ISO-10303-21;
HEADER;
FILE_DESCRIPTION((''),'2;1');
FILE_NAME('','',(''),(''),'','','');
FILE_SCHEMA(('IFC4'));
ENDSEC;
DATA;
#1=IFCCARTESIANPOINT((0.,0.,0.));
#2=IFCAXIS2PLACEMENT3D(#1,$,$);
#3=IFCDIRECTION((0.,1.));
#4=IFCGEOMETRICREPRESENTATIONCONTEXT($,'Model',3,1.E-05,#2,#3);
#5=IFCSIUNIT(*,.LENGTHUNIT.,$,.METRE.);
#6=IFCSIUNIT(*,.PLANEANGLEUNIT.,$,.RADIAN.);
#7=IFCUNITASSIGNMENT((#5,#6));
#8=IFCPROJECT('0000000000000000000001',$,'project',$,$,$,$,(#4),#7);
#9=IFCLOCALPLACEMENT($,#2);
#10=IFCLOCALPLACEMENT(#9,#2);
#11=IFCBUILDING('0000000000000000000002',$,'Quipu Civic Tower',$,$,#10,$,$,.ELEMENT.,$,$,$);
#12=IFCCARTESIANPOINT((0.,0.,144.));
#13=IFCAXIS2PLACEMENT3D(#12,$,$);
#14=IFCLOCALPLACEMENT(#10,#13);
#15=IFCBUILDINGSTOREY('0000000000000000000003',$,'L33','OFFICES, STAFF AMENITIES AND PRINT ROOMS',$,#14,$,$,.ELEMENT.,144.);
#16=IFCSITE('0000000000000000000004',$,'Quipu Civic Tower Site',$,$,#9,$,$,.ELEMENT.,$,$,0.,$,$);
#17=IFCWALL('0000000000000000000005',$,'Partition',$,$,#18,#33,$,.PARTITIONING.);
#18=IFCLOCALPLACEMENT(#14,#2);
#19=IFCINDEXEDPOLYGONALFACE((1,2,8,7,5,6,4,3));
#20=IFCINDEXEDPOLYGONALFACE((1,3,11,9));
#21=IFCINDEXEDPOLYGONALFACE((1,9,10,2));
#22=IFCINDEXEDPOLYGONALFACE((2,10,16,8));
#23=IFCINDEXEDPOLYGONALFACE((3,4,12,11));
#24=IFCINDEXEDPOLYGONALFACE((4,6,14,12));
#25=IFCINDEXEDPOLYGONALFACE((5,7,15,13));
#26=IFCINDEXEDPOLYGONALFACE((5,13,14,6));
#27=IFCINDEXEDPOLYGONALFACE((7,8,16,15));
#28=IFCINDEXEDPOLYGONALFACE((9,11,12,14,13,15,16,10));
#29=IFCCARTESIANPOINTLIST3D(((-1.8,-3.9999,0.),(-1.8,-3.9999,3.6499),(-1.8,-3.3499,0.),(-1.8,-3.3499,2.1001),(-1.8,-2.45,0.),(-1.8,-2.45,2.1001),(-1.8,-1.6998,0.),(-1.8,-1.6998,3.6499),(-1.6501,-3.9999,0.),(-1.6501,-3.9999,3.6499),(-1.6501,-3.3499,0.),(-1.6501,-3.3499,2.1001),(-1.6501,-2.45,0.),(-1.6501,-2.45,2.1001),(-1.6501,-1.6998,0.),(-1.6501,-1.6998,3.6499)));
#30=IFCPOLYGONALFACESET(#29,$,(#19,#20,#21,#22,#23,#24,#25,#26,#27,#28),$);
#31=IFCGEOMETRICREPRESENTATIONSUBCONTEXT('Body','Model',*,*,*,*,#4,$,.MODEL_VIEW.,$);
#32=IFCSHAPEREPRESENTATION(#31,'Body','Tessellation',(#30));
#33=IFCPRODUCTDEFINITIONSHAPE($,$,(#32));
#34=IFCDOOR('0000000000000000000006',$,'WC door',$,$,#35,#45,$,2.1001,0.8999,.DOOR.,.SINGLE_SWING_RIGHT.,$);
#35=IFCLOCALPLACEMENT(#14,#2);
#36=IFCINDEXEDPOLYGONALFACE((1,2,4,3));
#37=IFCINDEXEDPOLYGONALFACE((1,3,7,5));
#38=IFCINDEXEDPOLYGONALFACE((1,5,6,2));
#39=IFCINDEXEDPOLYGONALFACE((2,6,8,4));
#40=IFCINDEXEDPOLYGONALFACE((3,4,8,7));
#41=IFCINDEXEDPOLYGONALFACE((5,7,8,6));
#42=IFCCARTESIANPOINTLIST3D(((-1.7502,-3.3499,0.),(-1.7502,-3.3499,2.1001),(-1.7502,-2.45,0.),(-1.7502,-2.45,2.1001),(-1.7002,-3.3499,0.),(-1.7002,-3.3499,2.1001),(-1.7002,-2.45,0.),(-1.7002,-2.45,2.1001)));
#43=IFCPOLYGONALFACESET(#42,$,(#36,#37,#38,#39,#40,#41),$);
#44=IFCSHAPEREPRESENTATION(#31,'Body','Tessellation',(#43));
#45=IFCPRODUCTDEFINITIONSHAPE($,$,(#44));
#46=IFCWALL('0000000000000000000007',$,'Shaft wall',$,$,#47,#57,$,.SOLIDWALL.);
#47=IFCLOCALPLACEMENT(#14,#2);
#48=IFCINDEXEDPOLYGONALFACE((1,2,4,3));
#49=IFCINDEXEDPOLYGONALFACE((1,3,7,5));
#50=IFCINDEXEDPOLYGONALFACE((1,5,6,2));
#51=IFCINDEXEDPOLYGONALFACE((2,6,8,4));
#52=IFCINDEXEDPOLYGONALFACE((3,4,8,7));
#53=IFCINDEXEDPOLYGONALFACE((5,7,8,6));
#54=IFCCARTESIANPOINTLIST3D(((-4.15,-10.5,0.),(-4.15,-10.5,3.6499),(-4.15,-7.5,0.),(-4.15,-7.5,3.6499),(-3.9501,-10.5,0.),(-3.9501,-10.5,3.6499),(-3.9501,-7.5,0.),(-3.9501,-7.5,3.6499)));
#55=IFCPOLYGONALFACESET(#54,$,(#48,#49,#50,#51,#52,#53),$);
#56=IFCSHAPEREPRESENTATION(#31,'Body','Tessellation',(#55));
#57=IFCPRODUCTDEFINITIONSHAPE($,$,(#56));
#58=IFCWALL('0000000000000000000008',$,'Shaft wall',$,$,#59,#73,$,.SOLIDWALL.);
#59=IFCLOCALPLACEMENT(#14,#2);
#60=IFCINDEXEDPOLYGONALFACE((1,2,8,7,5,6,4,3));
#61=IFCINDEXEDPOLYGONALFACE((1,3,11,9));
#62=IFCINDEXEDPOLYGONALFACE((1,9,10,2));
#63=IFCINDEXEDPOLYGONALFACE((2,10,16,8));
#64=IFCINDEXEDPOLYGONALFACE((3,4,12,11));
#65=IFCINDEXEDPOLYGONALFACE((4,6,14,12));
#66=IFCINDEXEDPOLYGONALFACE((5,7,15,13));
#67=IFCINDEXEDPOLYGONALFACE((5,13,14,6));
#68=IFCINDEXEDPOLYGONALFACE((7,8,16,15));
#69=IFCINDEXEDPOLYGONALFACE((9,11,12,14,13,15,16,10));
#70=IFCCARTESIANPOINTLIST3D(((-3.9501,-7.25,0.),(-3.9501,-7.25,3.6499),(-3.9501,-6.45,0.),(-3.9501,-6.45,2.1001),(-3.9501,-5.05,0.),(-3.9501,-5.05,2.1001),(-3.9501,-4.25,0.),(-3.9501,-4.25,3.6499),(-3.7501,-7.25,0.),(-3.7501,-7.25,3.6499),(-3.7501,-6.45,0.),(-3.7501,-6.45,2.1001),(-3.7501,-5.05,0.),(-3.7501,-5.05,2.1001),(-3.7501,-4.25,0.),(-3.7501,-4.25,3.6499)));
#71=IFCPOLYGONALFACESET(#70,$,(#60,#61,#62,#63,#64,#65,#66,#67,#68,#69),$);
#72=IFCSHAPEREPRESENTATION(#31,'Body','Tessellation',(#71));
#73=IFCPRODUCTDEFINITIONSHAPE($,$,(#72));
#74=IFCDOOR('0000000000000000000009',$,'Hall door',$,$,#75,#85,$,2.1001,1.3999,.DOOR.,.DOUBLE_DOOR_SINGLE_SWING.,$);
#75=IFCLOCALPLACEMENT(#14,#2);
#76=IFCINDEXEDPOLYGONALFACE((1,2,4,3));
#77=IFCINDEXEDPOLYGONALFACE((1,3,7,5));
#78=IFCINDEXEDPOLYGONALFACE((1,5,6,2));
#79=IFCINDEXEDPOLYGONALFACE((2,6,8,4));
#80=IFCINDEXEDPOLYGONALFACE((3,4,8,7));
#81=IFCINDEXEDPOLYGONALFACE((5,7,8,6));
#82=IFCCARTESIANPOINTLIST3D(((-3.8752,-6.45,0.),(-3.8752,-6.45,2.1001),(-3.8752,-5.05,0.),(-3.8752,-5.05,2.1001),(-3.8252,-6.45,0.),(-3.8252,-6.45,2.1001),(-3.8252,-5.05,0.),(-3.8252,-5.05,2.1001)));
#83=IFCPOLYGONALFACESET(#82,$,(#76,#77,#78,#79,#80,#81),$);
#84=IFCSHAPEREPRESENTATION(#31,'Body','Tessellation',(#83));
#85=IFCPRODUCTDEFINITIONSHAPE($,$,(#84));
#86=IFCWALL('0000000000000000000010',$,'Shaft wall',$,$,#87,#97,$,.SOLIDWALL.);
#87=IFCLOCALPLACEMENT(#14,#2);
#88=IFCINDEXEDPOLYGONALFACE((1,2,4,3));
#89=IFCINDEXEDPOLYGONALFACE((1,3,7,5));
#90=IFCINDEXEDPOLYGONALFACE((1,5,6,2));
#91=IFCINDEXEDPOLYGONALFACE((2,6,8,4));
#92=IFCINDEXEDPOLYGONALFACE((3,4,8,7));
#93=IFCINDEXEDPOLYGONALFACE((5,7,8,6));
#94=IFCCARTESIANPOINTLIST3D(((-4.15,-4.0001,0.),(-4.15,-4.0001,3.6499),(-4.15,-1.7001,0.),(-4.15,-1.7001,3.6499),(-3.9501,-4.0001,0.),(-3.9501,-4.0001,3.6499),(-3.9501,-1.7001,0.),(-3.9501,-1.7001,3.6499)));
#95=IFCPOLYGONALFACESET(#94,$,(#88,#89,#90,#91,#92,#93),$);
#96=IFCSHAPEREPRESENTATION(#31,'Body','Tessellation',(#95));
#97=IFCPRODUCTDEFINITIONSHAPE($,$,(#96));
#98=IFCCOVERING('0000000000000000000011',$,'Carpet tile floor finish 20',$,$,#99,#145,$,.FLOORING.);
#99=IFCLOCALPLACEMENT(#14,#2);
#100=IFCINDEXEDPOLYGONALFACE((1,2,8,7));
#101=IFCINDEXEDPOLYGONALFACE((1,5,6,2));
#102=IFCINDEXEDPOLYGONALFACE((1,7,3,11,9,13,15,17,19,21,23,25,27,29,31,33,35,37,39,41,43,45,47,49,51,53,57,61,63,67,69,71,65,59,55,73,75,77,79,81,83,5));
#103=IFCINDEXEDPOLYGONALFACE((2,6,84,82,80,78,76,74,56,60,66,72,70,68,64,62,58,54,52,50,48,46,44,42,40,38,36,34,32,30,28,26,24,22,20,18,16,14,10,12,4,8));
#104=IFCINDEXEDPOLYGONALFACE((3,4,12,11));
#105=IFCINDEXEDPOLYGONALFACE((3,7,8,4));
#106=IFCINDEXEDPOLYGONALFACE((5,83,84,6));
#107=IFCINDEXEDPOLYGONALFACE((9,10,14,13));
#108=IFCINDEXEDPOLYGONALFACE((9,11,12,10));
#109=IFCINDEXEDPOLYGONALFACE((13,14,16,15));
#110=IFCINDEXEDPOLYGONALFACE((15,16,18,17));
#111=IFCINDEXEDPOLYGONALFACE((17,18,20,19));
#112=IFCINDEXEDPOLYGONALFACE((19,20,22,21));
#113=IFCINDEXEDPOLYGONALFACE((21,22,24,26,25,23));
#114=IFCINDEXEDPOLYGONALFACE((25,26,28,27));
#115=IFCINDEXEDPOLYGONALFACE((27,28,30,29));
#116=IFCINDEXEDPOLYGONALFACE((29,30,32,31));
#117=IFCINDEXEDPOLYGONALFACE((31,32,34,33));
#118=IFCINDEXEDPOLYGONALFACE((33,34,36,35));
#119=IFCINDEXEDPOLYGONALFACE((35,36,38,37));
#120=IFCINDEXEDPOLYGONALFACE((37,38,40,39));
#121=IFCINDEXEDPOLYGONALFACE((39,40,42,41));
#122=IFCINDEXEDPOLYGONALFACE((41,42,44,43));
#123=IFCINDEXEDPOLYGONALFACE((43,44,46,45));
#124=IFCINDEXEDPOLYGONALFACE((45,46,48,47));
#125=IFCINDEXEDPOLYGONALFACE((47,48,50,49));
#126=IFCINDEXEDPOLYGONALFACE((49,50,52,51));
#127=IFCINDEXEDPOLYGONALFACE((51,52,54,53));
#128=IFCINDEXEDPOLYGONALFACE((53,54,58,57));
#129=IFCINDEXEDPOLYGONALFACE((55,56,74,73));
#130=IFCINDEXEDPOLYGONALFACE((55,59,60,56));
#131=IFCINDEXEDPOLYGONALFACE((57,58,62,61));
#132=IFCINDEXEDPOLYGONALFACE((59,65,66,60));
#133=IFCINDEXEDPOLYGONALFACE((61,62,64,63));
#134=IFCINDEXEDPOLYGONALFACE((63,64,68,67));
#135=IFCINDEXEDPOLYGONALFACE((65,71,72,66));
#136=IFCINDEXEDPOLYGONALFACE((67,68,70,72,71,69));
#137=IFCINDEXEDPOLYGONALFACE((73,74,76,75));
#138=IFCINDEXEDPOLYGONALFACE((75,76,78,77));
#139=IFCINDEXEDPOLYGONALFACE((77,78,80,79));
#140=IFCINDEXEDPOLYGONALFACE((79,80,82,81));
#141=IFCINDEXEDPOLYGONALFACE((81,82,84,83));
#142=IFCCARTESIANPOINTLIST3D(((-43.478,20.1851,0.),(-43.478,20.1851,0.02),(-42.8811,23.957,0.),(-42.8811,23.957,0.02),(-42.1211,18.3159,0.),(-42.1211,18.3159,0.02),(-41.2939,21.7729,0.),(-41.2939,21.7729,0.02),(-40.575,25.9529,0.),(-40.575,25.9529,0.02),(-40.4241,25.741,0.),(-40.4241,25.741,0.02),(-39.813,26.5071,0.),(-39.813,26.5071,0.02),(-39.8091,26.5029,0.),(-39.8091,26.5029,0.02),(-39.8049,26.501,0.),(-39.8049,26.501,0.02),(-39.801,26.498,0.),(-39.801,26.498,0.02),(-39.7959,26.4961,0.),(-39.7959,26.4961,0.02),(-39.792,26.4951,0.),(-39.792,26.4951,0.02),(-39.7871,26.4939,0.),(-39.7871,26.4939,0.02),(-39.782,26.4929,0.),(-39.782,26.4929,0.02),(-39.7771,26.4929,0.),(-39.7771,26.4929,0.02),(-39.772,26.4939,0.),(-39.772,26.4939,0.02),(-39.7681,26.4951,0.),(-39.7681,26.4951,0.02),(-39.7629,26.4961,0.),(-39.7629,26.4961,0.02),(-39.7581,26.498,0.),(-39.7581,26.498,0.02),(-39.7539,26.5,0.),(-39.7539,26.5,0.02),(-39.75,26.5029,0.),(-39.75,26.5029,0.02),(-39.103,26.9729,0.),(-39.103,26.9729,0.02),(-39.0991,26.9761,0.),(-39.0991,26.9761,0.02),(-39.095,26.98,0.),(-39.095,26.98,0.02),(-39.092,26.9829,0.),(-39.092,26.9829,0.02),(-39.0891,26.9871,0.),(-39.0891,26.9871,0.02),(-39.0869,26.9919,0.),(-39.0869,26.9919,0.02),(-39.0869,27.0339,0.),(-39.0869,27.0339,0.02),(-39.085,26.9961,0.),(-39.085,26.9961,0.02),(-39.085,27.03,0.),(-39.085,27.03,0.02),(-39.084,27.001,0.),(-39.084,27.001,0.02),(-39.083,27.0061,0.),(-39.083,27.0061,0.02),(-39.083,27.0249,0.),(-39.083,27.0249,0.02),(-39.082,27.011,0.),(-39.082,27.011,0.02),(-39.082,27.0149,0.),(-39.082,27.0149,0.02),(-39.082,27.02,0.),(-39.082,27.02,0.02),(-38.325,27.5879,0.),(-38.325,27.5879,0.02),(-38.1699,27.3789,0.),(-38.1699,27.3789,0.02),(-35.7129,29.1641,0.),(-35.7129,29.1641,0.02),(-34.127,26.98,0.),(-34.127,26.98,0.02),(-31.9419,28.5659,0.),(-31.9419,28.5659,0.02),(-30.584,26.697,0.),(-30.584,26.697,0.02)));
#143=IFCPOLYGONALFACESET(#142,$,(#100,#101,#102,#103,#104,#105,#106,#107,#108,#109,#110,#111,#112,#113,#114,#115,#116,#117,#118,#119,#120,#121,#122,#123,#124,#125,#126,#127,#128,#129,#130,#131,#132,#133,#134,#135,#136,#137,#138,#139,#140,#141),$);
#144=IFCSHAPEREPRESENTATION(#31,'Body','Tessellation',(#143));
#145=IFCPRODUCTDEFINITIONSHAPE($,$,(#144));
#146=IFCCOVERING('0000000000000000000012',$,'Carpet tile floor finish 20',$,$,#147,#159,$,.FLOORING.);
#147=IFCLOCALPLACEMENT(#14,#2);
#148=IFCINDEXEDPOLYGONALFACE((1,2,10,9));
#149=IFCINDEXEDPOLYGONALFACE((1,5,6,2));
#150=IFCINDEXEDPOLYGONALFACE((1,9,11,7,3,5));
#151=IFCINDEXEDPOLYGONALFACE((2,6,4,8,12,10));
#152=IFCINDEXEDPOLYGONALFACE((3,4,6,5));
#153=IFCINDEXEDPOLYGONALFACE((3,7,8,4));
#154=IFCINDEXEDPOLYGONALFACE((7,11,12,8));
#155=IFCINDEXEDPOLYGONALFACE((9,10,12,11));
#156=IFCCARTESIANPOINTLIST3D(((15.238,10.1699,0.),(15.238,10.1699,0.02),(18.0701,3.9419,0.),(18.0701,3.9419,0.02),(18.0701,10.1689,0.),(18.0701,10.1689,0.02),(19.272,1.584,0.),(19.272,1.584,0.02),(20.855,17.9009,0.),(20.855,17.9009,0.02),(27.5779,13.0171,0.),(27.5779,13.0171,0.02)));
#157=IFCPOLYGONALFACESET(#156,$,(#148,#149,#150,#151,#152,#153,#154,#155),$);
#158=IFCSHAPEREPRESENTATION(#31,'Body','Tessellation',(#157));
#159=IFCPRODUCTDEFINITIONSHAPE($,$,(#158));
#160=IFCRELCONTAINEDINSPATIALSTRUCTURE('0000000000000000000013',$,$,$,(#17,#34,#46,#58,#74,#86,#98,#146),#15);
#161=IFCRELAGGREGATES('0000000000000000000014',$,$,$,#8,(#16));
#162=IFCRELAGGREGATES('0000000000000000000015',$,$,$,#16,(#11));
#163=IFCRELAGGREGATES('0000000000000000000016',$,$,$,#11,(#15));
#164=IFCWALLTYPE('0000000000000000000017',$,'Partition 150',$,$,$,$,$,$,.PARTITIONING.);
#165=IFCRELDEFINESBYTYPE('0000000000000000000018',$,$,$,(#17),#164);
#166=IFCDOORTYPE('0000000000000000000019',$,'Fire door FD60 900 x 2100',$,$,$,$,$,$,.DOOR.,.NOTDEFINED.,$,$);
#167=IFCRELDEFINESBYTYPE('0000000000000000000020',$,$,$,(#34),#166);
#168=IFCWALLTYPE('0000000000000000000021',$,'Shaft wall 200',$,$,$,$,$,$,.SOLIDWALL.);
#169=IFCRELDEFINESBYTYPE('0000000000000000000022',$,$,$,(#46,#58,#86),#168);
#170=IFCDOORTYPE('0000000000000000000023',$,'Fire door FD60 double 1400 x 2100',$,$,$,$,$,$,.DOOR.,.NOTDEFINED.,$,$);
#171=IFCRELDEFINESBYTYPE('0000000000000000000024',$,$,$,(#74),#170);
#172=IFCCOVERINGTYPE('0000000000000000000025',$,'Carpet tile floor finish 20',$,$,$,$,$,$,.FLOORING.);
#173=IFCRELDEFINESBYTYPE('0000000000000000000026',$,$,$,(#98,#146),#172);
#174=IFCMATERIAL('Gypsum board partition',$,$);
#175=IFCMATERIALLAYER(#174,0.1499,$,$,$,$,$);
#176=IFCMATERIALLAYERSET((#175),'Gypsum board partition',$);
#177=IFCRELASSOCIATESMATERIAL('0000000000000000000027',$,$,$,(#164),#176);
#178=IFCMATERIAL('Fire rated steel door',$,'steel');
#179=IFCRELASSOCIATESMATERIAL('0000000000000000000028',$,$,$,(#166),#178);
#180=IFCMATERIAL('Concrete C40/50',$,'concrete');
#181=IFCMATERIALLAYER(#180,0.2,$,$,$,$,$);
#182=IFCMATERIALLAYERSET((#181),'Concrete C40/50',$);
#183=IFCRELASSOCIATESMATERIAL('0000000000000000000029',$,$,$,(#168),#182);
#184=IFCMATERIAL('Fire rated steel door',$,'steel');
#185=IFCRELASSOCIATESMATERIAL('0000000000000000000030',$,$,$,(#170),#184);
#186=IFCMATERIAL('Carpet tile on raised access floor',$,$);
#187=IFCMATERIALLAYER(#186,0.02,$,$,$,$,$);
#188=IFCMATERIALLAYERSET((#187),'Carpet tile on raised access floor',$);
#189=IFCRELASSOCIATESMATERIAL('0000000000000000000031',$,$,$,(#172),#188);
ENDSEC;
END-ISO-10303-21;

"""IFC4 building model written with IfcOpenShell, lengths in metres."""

from ifc_helpers import new_model, si_unit, direction, frame, frame_2d, origin, place, context, subcontext, project, spatial, polyline, rectangle, outline, extrude, material, layer, layer_set, type_object, element, fill, save


model = new_model("IFC4")

# Units and contexts
model_context = context("Model", 3, precision=1e-05, world=origin(), true_north=direction((0.0, 1.0)))
body_context = subcontext(model_context, "Body", "Model", "MODEL_VIEW")
ifc_project = project(units=[si_unit("LENGTHUNIT", "METRE"), si_unit("PLANEANGLEUNIT", "RADIAN")], contexts=[model_context])

# Site, building, storey
site_placement = place(None, origin())
site = spatial("IfcSite", under=ifc_project, at=site_placement, Name="Quipu Civic Tower Site", CompositionType="ELEMENT", RefElevation=0.0)
building_placement = place(site_placement, origin())
building = spatial("IfcBuilding", under=site, at=building_placement, Name="Quipu Civic Tower", CompositionType="ELEMENT")
storey_placement = place(building_placement, frame((0.0, 0.0, 144.0)))
storey = spatial("IfcBuildingStorey", under=building, at=storey_placement, Name="L33", Description="OFFICES, STAFF AMENITIES AND PRINT ROOMS", CompositionType="ELEMENT", Elevation=144.0)

# Shared definitions
ifc_material_1 = material(Name="Gypsum board partition")
ifc_layer_1 = layer(ifc_material_1, 0.1499)
ifc_layer_set_1 = layer_set([ifc_layer_1], Name="Gypsum board partition")
wall_type_1 = type_object("IfcWallType", Name="Partition 150", PredefinedType="PARTITIONING", material=ifc_layer_set_1)

# Shared definitions
ifc_material_2 = material(Name="Fire rated steel door", Category="steel")
door_type_1 = type_object("IfcDoorType", Name="Fire door FD60 900 x 2100", OperationType="NOTDEFINED", PredefinedType="DOOR", material=ifc_material_2)

# Wall, opening, door
wall_1_placement = place(storey_placement, frame((-1.7251, -1.7, 0.0), z_axis=(0.0, 0.0, 1.0), x_axis=(0.0, -1.0, 0.0)))
wall_1 = element("IfcWall", 1, at=wall_1_placement, inside=storey, type_object=wall_type_1, Name="Partition", PredefinedType="PARTITIONING", context=body_context, shape_type="SweptSolid", body=[
    extrude(rectangle(XDim=2.3, YDim=0.1499, at=frame_2d((1.1499, 0.0))), origin(), (0.0, 0.0, 1.0), 3.6499),
])
opening_1_placement = place(wall_1_placement, frame((0.75, 0.0, 0.0)))
opening_1 = element("IfcOpeningElement", 2, at=opening_1_placement, cuts=wall_1, PredefinedType="OPENING", context=body_context, shape_type="SweptSolid", body=[
    extrude(rectangle(XDim=0.8999, YDim=2.1001, at=frame_2d((0.45, 1.05))), frame((0.0, 0.085, 0.0), z_axis=(0.0, -1.0, 0.0), x_axis=(1.0, 0.0, 0.0)), (0.0, 0.0, 1.0), 0.1699),
])
door_1_placement = place(opening_1_placement, origin())
door_1 = element("IfcDoor", 3, at=door_1_placement, inside=storey, type_object=door_type_1, Name="WC door", OperationType="SINGLE_SWING_RIGHT", OverallHeight=2.1001, OverallWidth=0.8999, PredefinedType="DOOR", context=body_context, shape_type="SweptSolid", body=[
    extrude(rectangle(XDim=0.8999, YDim=2.1001, at=frame_2d((0.45, 1.05))), frame((0.0, 0.0249, 0.0), z_axis=(0.0, -1.0, 0.0), x_axis=(1.0, 0.0, 0.0)), (0.0, 0.0, 1.0), 0.05),
])
fill(opening_1, door_1)

# Wall
ifc_material_3 = material(Name="Concrete C40/50", Category="concrete")
ifc_layer_2 = layer(ifc_material_3, 0.2)
ifc_layer_set_2 = layer_set([ifc_layer_2], Name="Concrete C40/50")
wall_type_2 = type_object("IfcWallType", Name="Shaft wall 200", PredefinedType="SOLIDWALL", material=ifc_layer_set_2)
wall_2_placement = place(storey_placement, frame((-4.05, -10.5, 0.0), z_axis=(0.0, 0.0, 1.0), x_axis=(0.0, 1.0, 0.0)))
element("IfcWall", 4, at=wall_2_placement, inside=storey, type_object=wall_type_2, Name="Shaft wall", PredefinedType="SOLIDWALL", context=body_context, shape_type="SweptSolid", body=[
    extrude(rectangle(XDim=3.0, YDim=0.2, at=frame_2d((1.5, 0.0))), origin(), (0.0, 0.0, 1.0), 3.6499),
])

# Wall, opening, door
wall_3_placement = place(storey_placement, frame((-3.8501, -4.25, 0.0), z_axis=(0.0, 0.0, 1.0), x_axis=(0.0, -1.0, 0.0)))
wall_3 = element("IfcWall", 5, at=wall_3_placement, inside=storey, type_object=wall_type_2, Name="Shaft wall", PredefinedType="SOLIDWALL", context=body_context, shape_type="SweptSolid", body=[
    extrude(rectangle(XDim=3.0, YDim=0.2, at=frame_2d((1.5, 0.0))), origin(), (0.0, 0.0, 1.0), 3.6499),
])
opening_2_placement = place(wall_3_placement, frame((0.8, 0.0, 0.0)))
opening_2 = element("IfcOpeningElement", 6, at=opening_2_placement, cuts=wall_3, PredefinedType="OPENING", context=body_context, shape_type="SweptSolid", body=[
    extrude(rectangle(XDim=1.3999, YDim=2.1001, at=frame_2d((0.7, 1.05))), frame((0.0, 0.1099, 0.0), z_axis=(0.0, -1.0, 0.0), x_axis=(1.0, 0.0, 0.0)), (0.0, 0.0, 1.0), 0.22),
])
ifc_material_4 = material(Name="Fire rated steel door", Category="steel")
door_type_2 = type_object("IfcDoorType", Name="Fire door FD60 double 1400 x 2100", OperationType="NOTDEFINED", PredefinedType="DOOR", material=ifc_material_4)
door_2_placement = place(opening_2_placement, origin())
door_2 = element("IfcDoor", 7, at=door_2_placement, inside=storey, type_object=door_type_2, Name="Hall door", OperationType="DOUBLE_DOOR_SINGLE_SWING", OverallHeight=2.1001, OverallWidth=1.3999, PredefinedType="DOOR", context=body_context, shape_type="SweptSolid", body=[
    extrude(rectangle(XDim=1.3999, YDim=2.1001, at=frame_2d((0.7, 1.05))), frame((0.0, 0.0249, 0.0), z_axis=(0.0, -1.0, 0.0), x_axis=(1.0, 0.0, 0.0)), (0.0, 0.0, 1.0), 0.05),
])
fill(opening_2, door_2)

# Wall
wall_4_placement = place(storey_placement, frame((-4.05, -4.0, 0.0), z_axis=(0.0, 0.0, 1.0), x_axis=(0.0, 1.0, 0.0)))
element("IfcWall", 8, at=wall_4_placement, inside=storey, type_object=wall_type_2, Name="Shaft wall", PredefinedType="SOLIDWALL", context=body_context, shape_type="SweptSolid", body=[
    extrude(rectangle(XDim=2.3, YDim=0.2, at=frame_2d((1.1499, 0.0))), origin(), (0.0, 0.0, 1.0), 3.6499),
])

# Coverings
ifc_material_5 = material(Name="Carpet tile on raised access floor")
ifc_layer_3 = layer(ifc_material_5, 0.02)
ifc_layer_set_3 = layer_set([ifc_layer_3], Name="Carpet tile on raised access floor")
covering_type_1 = type_object("IfcCoveringType", Name="Carpet tile floor finish 20", PredefinedType="FLOORING", material=ifc_layer_set_3)
covering_1_placement = place(storey_placement, origin())
element("IfcCovering", 9, at=covering_1_placement, inside=storey, type_object=covering_type_1, Name="Carpet tile floor finish 20", PredefinedType="FLOORING", context=body_context, shape_type="SweptSolid", body=[
    extrude(outline(polyline([(-43.478, 20.1851), (-41.2939, 21.7729), (-42.8811, 23.957), (-40.4241, 25.741), (-40.575, 25.9529), (-39.813, 26.5071), (-39.8091, 26.5029), (-39.8049, 26.501), (-39.801, 26.498), (-39.7959, 26.4961), (-39.792, 26.4951), (-39.7871, 26.4939), (-39.782, 26.4929), (-39.7771, 26.4929), (-39.772, 26.4939), (-39.7681, 26.4951), (-39.7629, 26.4961), (-39.7581, 26.498), (-39.7539, 26.5), (-39.75, 26.5029), (-39.103, 26.9729), (-39.0991, 26.9761), (-39.095, 26.98), (-39.092, 26.9829), (-39.0891, 26.9871), (-39.0869, 26.9919), (-39.085, 26.9961), (-39.084, 27.001), (-39.083, 27.0061), (-39.082, 27.011), (-39.082, 27.0149), (-39.082, 27.02), (-39.083, 27.0249), (-39.085, 27.03), (-39.0869, 27.0339), (-38.325, 27.5879), (-38.1699, 27.3789), (-35.7129, 29.1641), (-34.127, 26.98), (-31.9419, 28.5659), (-30.584, 26.697), (-42.1211, 18.3159), (-43.478, 20.1851)])), origin(), (0.0, 0.0, 1.0), 0.02),
])
covering_2_placement = place(storey_placement, origin())
element("IfcCovering", 10, at=covering_2_placement, inside=storey, type_object=covering_type_1, Name="Carpet tile floor finish 20", PredefinedType="FLOORING", context=body_context, shape_type="SweptSolid", body=[
    extrude(outline(polyline([(15.238, 10.1699), (20.855, 17.9009), (27.5779, 13.0171), (19.272, 1.584), (18.0701, 3.9419), (18.0701, 10.1689), (15.238, 10.1699)])), origin(), (0.0, 0.0, 1.0), 0.02),
])

save(model, "model.ifc")
